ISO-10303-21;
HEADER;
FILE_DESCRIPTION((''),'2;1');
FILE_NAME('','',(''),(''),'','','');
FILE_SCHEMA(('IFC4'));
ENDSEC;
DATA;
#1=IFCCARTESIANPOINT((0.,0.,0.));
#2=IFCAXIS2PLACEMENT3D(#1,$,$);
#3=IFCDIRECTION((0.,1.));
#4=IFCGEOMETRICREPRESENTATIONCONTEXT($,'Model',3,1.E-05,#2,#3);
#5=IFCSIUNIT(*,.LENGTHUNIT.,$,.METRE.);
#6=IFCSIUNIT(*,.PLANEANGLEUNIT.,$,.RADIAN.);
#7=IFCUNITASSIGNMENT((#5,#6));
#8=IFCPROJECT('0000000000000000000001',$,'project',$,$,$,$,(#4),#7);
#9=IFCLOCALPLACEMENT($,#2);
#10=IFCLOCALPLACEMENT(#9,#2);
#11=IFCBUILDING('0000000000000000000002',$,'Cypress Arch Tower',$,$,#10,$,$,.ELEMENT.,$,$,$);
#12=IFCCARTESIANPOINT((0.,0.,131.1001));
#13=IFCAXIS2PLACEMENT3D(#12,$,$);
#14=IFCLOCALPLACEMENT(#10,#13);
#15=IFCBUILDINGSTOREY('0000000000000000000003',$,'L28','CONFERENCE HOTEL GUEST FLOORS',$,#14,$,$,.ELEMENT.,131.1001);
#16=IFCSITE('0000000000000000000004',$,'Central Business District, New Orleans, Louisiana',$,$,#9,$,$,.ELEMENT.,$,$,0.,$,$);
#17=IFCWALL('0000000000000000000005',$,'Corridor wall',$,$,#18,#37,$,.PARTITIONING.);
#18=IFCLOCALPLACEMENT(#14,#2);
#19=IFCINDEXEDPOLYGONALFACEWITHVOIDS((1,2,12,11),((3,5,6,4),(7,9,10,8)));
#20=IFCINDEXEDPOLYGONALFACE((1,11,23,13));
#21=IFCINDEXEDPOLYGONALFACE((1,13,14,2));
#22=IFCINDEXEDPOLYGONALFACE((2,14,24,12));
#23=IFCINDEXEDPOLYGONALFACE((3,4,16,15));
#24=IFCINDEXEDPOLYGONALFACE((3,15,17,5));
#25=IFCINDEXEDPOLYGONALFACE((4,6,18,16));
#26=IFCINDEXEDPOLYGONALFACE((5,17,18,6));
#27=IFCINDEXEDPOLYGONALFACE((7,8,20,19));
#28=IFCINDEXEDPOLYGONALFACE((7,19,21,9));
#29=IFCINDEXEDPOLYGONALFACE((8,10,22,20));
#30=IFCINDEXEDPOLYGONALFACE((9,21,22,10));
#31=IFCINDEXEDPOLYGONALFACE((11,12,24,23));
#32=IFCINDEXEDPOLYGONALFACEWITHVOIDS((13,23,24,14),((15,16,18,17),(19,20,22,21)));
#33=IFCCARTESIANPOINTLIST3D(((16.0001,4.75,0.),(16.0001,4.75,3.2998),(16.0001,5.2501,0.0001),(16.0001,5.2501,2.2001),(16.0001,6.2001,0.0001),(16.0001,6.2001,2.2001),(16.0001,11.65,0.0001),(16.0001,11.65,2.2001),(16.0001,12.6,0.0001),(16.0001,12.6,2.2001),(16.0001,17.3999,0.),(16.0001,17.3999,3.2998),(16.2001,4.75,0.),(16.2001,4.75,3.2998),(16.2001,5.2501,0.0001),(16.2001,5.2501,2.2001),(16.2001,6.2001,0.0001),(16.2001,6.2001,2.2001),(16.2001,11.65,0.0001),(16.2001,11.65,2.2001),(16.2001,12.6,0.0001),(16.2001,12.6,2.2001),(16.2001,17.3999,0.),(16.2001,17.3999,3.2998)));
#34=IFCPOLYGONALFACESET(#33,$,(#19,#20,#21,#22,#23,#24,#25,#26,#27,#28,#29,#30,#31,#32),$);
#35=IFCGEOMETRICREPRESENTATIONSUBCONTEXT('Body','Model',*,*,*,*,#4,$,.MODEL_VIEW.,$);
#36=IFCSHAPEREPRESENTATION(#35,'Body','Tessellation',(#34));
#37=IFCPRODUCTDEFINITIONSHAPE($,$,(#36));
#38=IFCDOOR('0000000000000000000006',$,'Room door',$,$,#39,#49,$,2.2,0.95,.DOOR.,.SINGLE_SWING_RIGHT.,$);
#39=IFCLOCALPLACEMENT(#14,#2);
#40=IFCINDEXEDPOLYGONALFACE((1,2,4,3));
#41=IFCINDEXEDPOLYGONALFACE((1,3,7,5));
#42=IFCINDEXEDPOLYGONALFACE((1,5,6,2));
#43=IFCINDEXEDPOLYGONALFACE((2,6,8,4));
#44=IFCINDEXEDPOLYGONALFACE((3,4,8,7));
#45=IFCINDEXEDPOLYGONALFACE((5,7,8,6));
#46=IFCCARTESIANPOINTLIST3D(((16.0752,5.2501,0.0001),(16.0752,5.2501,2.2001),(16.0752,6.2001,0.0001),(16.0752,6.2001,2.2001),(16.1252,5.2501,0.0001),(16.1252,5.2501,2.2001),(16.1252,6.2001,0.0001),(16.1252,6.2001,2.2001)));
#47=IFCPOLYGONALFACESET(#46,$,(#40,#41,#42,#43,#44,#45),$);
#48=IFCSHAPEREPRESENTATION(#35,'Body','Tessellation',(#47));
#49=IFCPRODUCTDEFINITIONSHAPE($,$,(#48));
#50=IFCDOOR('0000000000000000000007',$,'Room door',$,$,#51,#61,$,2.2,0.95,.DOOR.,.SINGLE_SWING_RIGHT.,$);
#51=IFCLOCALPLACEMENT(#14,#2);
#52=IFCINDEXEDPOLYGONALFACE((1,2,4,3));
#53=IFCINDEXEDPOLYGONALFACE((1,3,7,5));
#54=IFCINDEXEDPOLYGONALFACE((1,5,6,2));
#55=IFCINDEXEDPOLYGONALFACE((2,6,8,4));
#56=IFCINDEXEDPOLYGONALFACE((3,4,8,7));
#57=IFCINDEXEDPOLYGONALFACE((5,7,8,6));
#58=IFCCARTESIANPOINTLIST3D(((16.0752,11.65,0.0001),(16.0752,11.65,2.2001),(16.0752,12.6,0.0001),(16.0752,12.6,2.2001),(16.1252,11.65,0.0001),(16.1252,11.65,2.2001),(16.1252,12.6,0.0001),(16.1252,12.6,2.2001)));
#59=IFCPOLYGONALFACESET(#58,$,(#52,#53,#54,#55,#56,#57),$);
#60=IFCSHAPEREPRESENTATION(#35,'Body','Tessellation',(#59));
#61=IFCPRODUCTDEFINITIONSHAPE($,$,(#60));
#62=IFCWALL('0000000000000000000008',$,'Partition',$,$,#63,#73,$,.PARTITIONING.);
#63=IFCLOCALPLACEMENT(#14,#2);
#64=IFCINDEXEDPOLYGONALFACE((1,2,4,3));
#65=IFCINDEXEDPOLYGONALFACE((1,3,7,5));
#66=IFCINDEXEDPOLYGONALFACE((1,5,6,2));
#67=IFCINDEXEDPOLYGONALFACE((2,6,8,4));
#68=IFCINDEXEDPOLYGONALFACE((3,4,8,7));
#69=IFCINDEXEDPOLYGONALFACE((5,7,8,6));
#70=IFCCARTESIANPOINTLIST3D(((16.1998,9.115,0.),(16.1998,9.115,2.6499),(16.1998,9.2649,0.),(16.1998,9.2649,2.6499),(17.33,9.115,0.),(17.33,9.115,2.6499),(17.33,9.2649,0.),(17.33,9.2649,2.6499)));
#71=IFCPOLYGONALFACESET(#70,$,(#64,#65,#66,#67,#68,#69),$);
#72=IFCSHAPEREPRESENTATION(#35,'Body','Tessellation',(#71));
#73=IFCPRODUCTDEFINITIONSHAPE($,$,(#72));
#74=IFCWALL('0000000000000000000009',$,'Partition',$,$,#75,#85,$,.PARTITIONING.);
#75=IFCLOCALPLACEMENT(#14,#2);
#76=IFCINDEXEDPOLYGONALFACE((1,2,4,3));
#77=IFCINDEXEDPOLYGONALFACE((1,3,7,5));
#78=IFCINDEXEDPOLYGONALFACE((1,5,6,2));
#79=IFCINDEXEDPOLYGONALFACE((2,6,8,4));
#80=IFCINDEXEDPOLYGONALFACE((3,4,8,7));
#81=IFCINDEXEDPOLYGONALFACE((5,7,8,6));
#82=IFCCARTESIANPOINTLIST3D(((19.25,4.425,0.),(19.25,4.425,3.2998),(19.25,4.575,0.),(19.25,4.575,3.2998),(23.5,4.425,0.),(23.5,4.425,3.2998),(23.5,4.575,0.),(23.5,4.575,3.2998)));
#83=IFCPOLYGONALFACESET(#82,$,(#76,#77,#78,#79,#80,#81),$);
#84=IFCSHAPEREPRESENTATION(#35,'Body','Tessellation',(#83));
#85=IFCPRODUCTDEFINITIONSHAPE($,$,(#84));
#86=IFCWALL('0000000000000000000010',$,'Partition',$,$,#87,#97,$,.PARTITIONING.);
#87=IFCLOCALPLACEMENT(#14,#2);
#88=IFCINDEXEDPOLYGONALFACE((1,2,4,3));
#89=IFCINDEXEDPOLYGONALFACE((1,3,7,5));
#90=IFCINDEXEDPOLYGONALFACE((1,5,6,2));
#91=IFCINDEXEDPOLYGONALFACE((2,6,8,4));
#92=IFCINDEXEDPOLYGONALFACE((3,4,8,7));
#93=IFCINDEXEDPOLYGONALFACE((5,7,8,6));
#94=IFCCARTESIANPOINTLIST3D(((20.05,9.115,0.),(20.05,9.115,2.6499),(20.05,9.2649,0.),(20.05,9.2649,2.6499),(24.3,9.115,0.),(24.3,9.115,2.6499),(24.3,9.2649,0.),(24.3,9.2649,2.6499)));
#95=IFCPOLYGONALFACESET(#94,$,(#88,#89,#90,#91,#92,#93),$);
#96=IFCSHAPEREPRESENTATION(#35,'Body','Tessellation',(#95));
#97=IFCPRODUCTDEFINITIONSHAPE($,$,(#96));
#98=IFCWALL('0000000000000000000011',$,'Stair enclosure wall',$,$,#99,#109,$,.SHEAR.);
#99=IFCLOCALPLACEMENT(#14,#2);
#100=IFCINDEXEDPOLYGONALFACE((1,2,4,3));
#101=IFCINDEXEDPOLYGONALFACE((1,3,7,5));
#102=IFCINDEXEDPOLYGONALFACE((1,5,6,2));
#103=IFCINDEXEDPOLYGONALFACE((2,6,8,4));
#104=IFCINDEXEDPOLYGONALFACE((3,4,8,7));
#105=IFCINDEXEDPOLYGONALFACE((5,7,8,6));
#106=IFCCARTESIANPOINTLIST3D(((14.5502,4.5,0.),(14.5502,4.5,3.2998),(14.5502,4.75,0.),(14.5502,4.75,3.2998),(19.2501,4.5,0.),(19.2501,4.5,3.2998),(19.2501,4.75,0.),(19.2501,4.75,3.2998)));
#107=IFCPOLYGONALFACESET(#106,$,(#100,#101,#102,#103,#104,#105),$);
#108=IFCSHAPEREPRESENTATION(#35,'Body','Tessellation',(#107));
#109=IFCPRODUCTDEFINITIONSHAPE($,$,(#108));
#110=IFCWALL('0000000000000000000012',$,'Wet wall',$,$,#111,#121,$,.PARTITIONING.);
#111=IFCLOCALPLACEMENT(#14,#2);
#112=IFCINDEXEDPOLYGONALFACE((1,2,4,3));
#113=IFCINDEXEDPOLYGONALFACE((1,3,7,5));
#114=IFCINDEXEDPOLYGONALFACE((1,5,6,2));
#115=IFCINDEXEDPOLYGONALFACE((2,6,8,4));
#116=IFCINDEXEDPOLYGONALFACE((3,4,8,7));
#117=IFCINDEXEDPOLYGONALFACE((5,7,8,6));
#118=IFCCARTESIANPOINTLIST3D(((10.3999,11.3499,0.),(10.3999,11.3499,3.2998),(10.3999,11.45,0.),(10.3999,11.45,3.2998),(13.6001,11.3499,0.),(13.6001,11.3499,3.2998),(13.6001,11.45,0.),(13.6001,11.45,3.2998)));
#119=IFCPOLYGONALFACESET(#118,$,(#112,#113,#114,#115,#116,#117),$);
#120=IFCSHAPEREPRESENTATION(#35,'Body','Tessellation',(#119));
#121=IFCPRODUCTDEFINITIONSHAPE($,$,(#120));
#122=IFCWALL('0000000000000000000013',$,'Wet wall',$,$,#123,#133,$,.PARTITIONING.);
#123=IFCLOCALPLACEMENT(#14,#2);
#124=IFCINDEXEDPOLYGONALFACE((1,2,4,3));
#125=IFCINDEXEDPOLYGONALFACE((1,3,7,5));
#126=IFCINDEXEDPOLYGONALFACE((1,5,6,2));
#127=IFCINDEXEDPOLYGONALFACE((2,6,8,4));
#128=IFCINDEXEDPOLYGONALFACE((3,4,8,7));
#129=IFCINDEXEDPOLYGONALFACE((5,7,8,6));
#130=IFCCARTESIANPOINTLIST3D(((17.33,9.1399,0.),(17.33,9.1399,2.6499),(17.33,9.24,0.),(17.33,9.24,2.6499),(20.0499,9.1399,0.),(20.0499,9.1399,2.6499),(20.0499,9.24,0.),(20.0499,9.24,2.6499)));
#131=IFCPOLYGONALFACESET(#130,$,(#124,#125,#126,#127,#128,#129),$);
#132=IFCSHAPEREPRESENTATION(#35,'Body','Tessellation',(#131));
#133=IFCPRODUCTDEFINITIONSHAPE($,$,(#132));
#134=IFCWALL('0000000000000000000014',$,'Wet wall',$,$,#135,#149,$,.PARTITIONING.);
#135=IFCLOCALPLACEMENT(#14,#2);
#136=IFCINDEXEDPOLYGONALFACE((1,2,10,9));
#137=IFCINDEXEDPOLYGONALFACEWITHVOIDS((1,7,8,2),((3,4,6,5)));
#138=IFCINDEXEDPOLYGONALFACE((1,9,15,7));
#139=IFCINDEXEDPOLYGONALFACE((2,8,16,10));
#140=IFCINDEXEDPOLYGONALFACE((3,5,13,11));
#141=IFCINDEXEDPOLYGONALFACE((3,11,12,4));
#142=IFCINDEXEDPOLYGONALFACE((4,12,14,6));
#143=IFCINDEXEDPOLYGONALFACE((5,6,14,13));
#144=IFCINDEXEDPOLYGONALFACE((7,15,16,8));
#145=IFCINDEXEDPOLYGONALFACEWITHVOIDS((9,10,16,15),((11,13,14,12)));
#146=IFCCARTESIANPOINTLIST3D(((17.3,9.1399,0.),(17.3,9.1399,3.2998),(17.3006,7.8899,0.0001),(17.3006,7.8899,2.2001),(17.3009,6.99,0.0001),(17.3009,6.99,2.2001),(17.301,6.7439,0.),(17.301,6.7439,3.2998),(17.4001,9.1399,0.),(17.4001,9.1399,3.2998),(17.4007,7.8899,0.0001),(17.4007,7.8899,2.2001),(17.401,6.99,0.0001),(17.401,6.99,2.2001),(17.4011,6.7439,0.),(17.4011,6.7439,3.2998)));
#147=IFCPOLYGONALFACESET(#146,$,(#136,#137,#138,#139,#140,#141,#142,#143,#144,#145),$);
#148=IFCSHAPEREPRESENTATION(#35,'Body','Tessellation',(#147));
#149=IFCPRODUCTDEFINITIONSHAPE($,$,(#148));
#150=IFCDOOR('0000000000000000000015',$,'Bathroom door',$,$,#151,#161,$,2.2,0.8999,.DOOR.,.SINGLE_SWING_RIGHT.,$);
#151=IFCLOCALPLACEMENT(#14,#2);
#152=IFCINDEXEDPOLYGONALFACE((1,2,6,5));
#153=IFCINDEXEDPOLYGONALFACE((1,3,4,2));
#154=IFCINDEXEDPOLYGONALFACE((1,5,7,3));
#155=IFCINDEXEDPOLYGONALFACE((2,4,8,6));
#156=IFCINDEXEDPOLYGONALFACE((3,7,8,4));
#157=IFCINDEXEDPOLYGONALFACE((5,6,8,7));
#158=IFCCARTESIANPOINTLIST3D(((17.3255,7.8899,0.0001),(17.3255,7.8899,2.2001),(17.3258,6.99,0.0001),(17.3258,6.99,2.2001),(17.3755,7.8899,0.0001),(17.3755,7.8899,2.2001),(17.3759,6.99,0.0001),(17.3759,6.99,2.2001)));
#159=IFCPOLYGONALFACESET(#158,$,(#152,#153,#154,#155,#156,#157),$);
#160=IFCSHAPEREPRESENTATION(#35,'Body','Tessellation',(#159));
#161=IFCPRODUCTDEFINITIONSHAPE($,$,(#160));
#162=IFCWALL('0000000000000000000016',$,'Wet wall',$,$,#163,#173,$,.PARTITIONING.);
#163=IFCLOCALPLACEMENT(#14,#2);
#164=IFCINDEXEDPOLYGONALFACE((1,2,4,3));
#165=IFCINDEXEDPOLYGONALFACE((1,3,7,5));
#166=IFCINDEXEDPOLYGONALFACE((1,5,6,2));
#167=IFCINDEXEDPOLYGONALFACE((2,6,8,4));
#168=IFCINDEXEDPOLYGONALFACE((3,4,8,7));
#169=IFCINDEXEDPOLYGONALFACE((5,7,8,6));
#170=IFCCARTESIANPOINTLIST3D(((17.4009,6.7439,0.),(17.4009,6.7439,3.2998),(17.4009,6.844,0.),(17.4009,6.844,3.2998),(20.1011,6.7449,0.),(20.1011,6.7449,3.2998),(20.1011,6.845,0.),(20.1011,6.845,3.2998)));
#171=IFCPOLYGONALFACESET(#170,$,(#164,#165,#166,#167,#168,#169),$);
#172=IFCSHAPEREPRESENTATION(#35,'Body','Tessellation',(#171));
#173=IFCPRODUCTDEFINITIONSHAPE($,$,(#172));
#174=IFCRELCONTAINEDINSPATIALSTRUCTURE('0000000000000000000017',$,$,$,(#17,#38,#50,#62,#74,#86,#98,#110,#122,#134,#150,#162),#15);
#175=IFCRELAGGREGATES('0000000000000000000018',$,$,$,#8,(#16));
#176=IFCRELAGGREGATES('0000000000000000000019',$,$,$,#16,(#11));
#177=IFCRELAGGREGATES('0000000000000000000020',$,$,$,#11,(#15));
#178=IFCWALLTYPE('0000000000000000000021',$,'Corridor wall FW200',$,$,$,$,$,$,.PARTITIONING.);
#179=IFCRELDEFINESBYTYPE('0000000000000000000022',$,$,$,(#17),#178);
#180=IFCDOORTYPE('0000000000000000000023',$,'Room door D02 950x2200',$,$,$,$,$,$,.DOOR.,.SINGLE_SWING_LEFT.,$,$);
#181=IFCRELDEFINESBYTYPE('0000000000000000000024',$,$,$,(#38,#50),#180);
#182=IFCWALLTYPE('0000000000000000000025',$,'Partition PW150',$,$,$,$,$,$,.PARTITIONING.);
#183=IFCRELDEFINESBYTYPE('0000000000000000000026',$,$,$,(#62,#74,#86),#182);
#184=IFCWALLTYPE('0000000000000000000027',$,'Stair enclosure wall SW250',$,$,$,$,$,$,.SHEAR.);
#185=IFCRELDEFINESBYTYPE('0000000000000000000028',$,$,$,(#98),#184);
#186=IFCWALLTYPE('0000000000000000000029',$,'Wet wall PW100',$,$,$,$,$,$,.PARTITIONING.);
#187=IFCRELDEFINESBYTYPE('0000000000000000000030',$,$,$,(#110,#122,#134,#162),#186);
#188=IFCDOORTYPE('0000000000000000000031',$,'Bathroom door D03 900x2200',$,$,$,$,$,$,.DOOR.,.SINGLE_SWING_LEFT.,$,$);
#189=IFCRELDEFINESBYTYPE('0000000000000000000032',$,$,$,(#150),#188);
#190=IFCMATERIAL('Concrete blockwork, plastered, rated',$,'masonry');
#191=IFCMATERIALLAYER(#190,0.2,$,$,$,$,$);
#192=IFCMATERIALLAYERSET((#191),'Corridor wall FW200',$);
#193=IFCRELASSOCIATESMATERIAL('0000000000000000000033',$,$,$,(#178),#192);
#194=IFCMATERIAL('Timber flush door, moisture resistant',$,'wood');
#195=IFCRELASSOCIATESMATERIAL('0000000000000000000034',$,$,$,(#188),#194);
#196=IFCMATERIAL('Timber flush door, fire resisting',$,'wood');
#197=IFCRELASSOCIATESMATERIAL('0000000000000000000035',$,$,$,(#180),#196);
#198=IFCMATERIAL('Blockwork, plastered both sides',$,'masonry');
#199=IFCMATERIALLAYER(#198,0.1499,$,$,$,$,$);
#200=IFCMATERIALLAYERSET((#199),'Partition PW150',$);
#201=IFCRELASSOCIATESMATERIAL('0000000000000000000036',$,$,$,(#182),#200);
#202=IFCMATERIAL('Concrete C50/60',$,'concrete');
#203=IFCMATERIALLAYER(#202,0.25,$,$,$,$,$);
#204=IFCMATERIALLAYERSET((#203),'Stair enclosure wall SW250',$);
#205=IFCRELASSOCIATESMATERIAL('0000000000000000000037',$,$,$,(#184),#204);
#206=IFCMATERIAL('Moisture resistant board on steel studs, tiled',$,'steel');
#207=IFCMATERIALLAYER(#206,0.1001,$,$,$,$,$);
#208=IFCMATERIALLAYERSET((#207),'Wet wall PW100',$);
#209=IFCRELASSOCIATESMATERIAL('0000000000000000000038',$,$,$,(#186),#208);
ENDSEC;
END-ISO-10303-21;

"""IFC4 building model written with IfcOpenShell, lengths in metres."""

from ifc_helpers import new_model, si_unit, direction, frame, frame_2d, origin, place, context, subcontext, project, spatial, rectangle, extrude, material, layer, layer_set, type_object, element, fill, save


model = new_model("IFC4")

# Units and contexts
model_context = context("Model", 3, precision=1e-05, world=origin(), true_north=direction((0.0, 1.0)))
body_context = subcontext(model_context, "Body", "Model", "MODEL_VIEW")
ifc_project = project(units=[si_unit("LENGTHUNIT", "METRE"), si_unit("PLANEANGLEUNIT", "RADIAN")], contexts=[model_context])

# Site, building, storey
site_placement = place(None, origin())
site = spatial("IfcSite", under=ifc_project, at=site_placement, Name="Central Business District, New Orleans, Louisiana", CompositionType="ELEMENT", RefElevation=0.0)
building_placement = place(site_placement, origin())
building = spatial("IfcBuilding", under=site, at=building_placement, Name="Cypress Arch Tower", CompositionType="ELEMENT")
storey_placement = place(building_placement, frame((0.0, 0.0, 131.1001)))
storey = spatial("IfcBuildingStorey", under=building, at=storey_placement, Name="L28", Description="CONFERENCE HOTEL GUEST FLOORS", CompositionType="ELEMENT", Elevation=131.1001)

# Shared definitions
ifc_material_1 = material(Name="Concrete blockwork, plastered, rated", Category="masonry")
ifc_layer_1 = layer(ifc_material_1, 0.2)
ifc_layer_set_1 = layer_set([ifc_layer_1], Name="Corridor wall FW200")
wall_type_1 = type_object("IfcWallType", Name="Corridor wall FW200", PredefinedType="PARTITIONING", material=ifc_layer_set_1)
ifc_material_2 = material(Name="Timber flush door, moisture resistant", Category="wood")
door_type_1 = type_object("IfcDoorType", Name="Bathroom door D03 900x2200", OperationType="SINGLE_SWING_LEFT", PredefinedType="DOOR", material=ifc_material_2)

# Wall, openings, doors
wall_1_placement = place(storey_placement, frame((16.1001, 4.75, 0.0), z_axis=(0.0, 0.0, 1.0), x_axis=(0.0, 1.0, 0.0)))
wall_1 = element("IfcWall", 1, at=wall_1_placement, inside=storey, type_object=wall_type_1, Name="Corridor wall", PredefinedType="PARTITIONING", context=body_context, shape_type="SweptSolid", body=[
    extrude(rectangle(XDim=12.6499, YDim=0.2, at=frame_2d((6.325, 0.0))), origin(), (0.0, 0.0, 1.0), 3.2998),
])
opening_1_placement = place(wall_1_placement, frame((0.5, 0.0, 0.0)))
opening_1 = element("IfcOpeningElement", 2, at=opening_1_placement, cuts=wall_1, PredefinedType="OPENING", context=body_context, shape_type="SweptSolid", body=[
    extrude(rectangle(XDim=0.95, YDim=2.2, at=frame_2d((0.4751, 1.1001))), frame((0.0, 0.1099, 0.0), z_axis=(0.0, -1.0, 0.0), x_axis=(1.0, 0.0, 0.0)), (0.0, 0.0, 1.0), 0.22),
])
opening_2_placement = place(wall_1_placement, frame((6.8999, 0.0, 0.0)))
opening_2 = element("IfcOpeningElement", 3, at=opening_2_placement, cuts=wall_1, PredefinedType="OPENING", context=body_context, shape_type="SweptSolid", body=[
    extrude(rectangle(XDim=0.95, YDim=2.2, at=frame_2d((0.4751, 1.1001))), frame((0.0, 0.1099, 0.0), z_axis=(0.0, -1.0, 0.0), x_axis=(1.0, 0.0, 0.0)), (0.0, 0.0, 1.0), 0.22),
])
ifc_material_3 = material(Name="Timber flush door, fire resisting", Category="wood")
door_type_2 = type_object("IfcDoorType", Name="Room door D02 950x2200", OperationType="SINGLE_SWING_LEFT", PredefinedType="DOOR", material=ifc_material_3)
door_1_placement = place(opening_1_placement, origin())
door_1 = element("IfcDoor", 4, at=door_1_placement, inside=storey, type_object=door_type_2, Name="Room door", OperationType="SINGLE_SWING_RIGHT", OverallHeight=2.2, OverallWidth=0.95, PredefinedType="DOOR", context=body_context, shape_type="SweptSolid", body=[
    extrude(rectangle(XDim=0.95, YDim=2.2, at=frame_2d((0.4751, 1.1001))), frame((0.0, 0.0249, 0.0), z_axis=(0.0, -1.0, 0.0), x_axis=(1.0, 0.0, 0.0)), (0.0, 0.0, 1.0), 0.05),
])
fill(opening_1, door_1)
door_2_placement = place(opening_2_placement, origin())
door_2 = element("IfcDoor", 5, at=door_2_placement, inside=storey, type_object=door_type_2, Name="Room door", OperationType="SINGLE_SWING_RIGHT", OverallHeight=2.2, OverallWidth=0.95, PredefinedType="DOOR", context=body_context, shape_type="SweptSolid", body=[
    extrude(rectangle(XDim=0.95, YDim=2.2, at=frame_2d((0.4751, 1.1001))), frame((0.0, 0.0249, 0.0), z_axis=(0.0, -1.0, 0.0), x_axis=(1.0, 0.0, 0.0)), (0.0, 0.0, 1.0), 0.05),
])
fill(opening_2, door_2)

# Walls
ifc_material_4 = material(Name="Blockwork, plastered both sides", Category="masonry")
ifc_layer_2 = layer(ifc_material_4, 0.1499)
ifc_layer_set_2 = layer_set([ifc_layer_2], Name="Partition PW150")
wall_type_2 = type_object("IfcWallType", Name="Partition PW150", PredefinedType="PARTITIONING", material=ifc_layer_set_2)
wall_2_placement = place(storey_placement, frame((16.2, 9.1899, 0.0), z_axis=(0.0, 0.0, 1.0), x_axis=(1.0, 0.0, 0.0)))
element("IfcWall", 6, at=wall_2_placement, inside=storey, type_object=wall_type_2, Name="Partition", PredefinedType="PARTITIONING", context=body_context, shape_type="SweptSolid", body=[
    extrude(rectangle(XDim=1.1301, YDim=0.1499, at=frame_2d((0.5649, 0.0))), origin(), (0.0, 0.0, 1.0), 2.6499),
])
wall_3_placement = place(storey_placement, frame((19.25, 4.5, 0.0), z_axis=(0.0, 0.0, 1.0), x_axis=(1.0, 0.0, 0.0)))
element("IfcWall", 7, at=wall_3_placement, inside=storey, type_object=wall_type_2, Name="Partition", PredefinedType="PARTITIONING", context=body_context, shape_type="SweptSolid", body=[
    extrude(rectangle(XDim=4.25, YDim=0.1499, at=frame_2d((2.125, 0.0))), origin(), (0.0, 0.0, 1.0), 3.2998),
])
wall_4_placement = place(storey_placement, frame((20.05, 9.1899, 0.0), z_axis=(0.0, 0.0, 1.0), x_axis=(1.0, 0.0, 0.0)))
element("IfcWall", 8, at=wall_4_placement, inside=storey, type_object=wall_type_2, Name="Partition", PredefinedType="PARTITIONING", context=body_context, shape_type="SweptSolid", body=[
    extrude(rectangle(XDim=4.25, YDim=0.1499, at=frame_2d((2.125, 0.0))), origin(), (0.0, 0.0, 1.0), 2.6499),
])
ifc_material_5 = material(Name="Concrete C50/60", Category="concrete")
ifc_layer_3 = layer(ifc_material_5, 0.25)
ifc_layer_set_3 = layer_set([ifc_layer_3], Name="Stair enclosure wall SW250")
wall_type_3 = type_object("IfcWallType", Name="Stair enclosure wall SW250", PredefinedType="SHEAR", material=ifc_layer_set_3)
wall_5_placement = place(storey_placement, frame((14.55, 4.625, 0.0), z_axis=(0.0, 0.0, 1.0), x_axis=(1.0, 0.0, 0.0)))
element("IfcWall", 9, at=wall_5_placement, inside=storey, type_object=wall_type_3, Name="Stair enclosure wall", PredefinedType="SHEAR", context=body_context, shape_type="SweptSolid", body=[
    extrude(rectangle(XDim=4.7, YDim=0.25, at=frame_2d((2.3501, 0.0))), origin(), (0.0, 0.0, 1.0), 3.2998),
])
ifc_material_6 = material(Name="Moisture resistant board on steel studs, tiled", Category="steel")
ifc_layer_4 = layer(ifc_material_6, 0.1001)
ifc_layer_set_4 = layer_set([ifc_layer_4], Name="Wet wall PW100")
wall_type_4 = type_object("IfcWallType", Name="Wet wall PW100", PredefinedType="PARTITIONING", material=ifc_layer_set_4)
wall_6_placement = place(storey_placement, frame((10.3999, 11.3999, 0.0), z_axis=(0.0, 0.0, 1.0), x_axis=(1.0, 0.0, 0.0)))
element("IfcWall", 10, at=wall_6_placement, inside=storey, type_object=wall_type_4, Name="Wet wall", PredefinedType="PARTITIONING", context=body_context, shape_type="SweptSolid", body=[
    extrude(rectangle(XDim=3.2002, YDim=0.1001, at=frame_2d((1.6001, 0.0))), origin(), (0.0, 0.0, 1.0), 3.2998),
])
wall_7_placement = place(storey_placement, frame((17.3301, 9.1899, 0.0), z_axis=(0.0, 0.0, 1.0), x_axis=(1.0, 0.0, 0.0)))
element("IfcWall", 11, at=wall_7_placement, inside=storey, type_object=wall_type_4, Name="Wet wall", PredefinedType="PARTITIONING", context=body_context, shape_type="SweptSolid", body=[
    extrude(rectangle(XDim=2.72, YDim=0.1001, at=frame_2d((1.3599, 0.0))), origin(), (0.0, 0.0, 1.0), 2.6499),
])

# Wall, opening, door
wall_8_placement = place(storey_placement, frame((17.3501, 9.1399, 0.0), z_axis=(0.0, 0.0, 1.0), x_axis=(0.000408, -1.0, 0.0)))
wall_8 = element("IfcWall", 12, at=wall_8_placement, inside=storey, type_object=wall_type_4, Name="Wet wall", PredefinedType="PARTITIONING", context=body_context, shape_type="SweptSolid", body=[
    extrude(rectangle(XDim=2.396, YDim=0.1001, at=frame_2d((1.198, 0.0))), origin(), (0.0, 0.0, 1.0), 3.2998),
])
opening_3_placement = place(wall_8_placement, frame((1.25, 0.0, 0.0)))
opening_3 = element("IfcOpeningElement", 13, at=opening_3_placement, cuts=wall_8, PredefinedType="OPENING", context=body_context, shape_type="SweptSolid", body=[
    extrude(rectangle(XDim=0.8999, YDim=2.2, at=frame_2d((0.45, 1.1001))), frame((0.0, 0.0601, 0.0), z_axis=(0.0, -1.0, 0.0), x_axis=(1.0, 0.0, 0.0)), (0.0, 0.0, 1.0), 0.1201),
])
door_3_placement = place(opening_3_placement, origin())
door_3 = element("IfcDoor", 14, at=door_3_placement, inside=storey, type_object=door_type_1, Name="Bathroom door", OperationType="SINGLE_SWING_RIGHT", OverallHeight=2.2, OverallWidth=0.8999, PredefinedType="DOOR", context=body_context, shape_type="SweptSolid", body=[
    extrude(rectangle(XDim=0.8999, YDim=2.2, at=frame_2d((0.45, 1.1001))), frame((0.0, 0.0249, 0.0), z_axis=(0.0, -1.0, 0.0), x_axis=(1.0, 0.0, 0.0)), (0.0, 0.0, 1.0), 0.05),
])
fill(opening_3, door_3)

# Wall
wall_9_placement = place(storey_placement, frame((17.4009, 6.7939, 0.0), z_axis=(0.0, 0.0, 1.0), x_axis=(1.0, 0.000362, 0.0)))
element("IfcWall", 15, at=wall_9_placement, inside=storey, type_object=wall_type_4, Name="Wet wall", PredefinedType="PARTITIONING", context=body_context, shape_type="SweptSolid", body=[
    extrude(rectangle(XDim=2.7002, YDim=0.1001, at=frame_2d((1.3501, 0.0))), origin(), (0.0, 0.0, 1.0), 3.2998),
])

save(model, "model.ifc")
